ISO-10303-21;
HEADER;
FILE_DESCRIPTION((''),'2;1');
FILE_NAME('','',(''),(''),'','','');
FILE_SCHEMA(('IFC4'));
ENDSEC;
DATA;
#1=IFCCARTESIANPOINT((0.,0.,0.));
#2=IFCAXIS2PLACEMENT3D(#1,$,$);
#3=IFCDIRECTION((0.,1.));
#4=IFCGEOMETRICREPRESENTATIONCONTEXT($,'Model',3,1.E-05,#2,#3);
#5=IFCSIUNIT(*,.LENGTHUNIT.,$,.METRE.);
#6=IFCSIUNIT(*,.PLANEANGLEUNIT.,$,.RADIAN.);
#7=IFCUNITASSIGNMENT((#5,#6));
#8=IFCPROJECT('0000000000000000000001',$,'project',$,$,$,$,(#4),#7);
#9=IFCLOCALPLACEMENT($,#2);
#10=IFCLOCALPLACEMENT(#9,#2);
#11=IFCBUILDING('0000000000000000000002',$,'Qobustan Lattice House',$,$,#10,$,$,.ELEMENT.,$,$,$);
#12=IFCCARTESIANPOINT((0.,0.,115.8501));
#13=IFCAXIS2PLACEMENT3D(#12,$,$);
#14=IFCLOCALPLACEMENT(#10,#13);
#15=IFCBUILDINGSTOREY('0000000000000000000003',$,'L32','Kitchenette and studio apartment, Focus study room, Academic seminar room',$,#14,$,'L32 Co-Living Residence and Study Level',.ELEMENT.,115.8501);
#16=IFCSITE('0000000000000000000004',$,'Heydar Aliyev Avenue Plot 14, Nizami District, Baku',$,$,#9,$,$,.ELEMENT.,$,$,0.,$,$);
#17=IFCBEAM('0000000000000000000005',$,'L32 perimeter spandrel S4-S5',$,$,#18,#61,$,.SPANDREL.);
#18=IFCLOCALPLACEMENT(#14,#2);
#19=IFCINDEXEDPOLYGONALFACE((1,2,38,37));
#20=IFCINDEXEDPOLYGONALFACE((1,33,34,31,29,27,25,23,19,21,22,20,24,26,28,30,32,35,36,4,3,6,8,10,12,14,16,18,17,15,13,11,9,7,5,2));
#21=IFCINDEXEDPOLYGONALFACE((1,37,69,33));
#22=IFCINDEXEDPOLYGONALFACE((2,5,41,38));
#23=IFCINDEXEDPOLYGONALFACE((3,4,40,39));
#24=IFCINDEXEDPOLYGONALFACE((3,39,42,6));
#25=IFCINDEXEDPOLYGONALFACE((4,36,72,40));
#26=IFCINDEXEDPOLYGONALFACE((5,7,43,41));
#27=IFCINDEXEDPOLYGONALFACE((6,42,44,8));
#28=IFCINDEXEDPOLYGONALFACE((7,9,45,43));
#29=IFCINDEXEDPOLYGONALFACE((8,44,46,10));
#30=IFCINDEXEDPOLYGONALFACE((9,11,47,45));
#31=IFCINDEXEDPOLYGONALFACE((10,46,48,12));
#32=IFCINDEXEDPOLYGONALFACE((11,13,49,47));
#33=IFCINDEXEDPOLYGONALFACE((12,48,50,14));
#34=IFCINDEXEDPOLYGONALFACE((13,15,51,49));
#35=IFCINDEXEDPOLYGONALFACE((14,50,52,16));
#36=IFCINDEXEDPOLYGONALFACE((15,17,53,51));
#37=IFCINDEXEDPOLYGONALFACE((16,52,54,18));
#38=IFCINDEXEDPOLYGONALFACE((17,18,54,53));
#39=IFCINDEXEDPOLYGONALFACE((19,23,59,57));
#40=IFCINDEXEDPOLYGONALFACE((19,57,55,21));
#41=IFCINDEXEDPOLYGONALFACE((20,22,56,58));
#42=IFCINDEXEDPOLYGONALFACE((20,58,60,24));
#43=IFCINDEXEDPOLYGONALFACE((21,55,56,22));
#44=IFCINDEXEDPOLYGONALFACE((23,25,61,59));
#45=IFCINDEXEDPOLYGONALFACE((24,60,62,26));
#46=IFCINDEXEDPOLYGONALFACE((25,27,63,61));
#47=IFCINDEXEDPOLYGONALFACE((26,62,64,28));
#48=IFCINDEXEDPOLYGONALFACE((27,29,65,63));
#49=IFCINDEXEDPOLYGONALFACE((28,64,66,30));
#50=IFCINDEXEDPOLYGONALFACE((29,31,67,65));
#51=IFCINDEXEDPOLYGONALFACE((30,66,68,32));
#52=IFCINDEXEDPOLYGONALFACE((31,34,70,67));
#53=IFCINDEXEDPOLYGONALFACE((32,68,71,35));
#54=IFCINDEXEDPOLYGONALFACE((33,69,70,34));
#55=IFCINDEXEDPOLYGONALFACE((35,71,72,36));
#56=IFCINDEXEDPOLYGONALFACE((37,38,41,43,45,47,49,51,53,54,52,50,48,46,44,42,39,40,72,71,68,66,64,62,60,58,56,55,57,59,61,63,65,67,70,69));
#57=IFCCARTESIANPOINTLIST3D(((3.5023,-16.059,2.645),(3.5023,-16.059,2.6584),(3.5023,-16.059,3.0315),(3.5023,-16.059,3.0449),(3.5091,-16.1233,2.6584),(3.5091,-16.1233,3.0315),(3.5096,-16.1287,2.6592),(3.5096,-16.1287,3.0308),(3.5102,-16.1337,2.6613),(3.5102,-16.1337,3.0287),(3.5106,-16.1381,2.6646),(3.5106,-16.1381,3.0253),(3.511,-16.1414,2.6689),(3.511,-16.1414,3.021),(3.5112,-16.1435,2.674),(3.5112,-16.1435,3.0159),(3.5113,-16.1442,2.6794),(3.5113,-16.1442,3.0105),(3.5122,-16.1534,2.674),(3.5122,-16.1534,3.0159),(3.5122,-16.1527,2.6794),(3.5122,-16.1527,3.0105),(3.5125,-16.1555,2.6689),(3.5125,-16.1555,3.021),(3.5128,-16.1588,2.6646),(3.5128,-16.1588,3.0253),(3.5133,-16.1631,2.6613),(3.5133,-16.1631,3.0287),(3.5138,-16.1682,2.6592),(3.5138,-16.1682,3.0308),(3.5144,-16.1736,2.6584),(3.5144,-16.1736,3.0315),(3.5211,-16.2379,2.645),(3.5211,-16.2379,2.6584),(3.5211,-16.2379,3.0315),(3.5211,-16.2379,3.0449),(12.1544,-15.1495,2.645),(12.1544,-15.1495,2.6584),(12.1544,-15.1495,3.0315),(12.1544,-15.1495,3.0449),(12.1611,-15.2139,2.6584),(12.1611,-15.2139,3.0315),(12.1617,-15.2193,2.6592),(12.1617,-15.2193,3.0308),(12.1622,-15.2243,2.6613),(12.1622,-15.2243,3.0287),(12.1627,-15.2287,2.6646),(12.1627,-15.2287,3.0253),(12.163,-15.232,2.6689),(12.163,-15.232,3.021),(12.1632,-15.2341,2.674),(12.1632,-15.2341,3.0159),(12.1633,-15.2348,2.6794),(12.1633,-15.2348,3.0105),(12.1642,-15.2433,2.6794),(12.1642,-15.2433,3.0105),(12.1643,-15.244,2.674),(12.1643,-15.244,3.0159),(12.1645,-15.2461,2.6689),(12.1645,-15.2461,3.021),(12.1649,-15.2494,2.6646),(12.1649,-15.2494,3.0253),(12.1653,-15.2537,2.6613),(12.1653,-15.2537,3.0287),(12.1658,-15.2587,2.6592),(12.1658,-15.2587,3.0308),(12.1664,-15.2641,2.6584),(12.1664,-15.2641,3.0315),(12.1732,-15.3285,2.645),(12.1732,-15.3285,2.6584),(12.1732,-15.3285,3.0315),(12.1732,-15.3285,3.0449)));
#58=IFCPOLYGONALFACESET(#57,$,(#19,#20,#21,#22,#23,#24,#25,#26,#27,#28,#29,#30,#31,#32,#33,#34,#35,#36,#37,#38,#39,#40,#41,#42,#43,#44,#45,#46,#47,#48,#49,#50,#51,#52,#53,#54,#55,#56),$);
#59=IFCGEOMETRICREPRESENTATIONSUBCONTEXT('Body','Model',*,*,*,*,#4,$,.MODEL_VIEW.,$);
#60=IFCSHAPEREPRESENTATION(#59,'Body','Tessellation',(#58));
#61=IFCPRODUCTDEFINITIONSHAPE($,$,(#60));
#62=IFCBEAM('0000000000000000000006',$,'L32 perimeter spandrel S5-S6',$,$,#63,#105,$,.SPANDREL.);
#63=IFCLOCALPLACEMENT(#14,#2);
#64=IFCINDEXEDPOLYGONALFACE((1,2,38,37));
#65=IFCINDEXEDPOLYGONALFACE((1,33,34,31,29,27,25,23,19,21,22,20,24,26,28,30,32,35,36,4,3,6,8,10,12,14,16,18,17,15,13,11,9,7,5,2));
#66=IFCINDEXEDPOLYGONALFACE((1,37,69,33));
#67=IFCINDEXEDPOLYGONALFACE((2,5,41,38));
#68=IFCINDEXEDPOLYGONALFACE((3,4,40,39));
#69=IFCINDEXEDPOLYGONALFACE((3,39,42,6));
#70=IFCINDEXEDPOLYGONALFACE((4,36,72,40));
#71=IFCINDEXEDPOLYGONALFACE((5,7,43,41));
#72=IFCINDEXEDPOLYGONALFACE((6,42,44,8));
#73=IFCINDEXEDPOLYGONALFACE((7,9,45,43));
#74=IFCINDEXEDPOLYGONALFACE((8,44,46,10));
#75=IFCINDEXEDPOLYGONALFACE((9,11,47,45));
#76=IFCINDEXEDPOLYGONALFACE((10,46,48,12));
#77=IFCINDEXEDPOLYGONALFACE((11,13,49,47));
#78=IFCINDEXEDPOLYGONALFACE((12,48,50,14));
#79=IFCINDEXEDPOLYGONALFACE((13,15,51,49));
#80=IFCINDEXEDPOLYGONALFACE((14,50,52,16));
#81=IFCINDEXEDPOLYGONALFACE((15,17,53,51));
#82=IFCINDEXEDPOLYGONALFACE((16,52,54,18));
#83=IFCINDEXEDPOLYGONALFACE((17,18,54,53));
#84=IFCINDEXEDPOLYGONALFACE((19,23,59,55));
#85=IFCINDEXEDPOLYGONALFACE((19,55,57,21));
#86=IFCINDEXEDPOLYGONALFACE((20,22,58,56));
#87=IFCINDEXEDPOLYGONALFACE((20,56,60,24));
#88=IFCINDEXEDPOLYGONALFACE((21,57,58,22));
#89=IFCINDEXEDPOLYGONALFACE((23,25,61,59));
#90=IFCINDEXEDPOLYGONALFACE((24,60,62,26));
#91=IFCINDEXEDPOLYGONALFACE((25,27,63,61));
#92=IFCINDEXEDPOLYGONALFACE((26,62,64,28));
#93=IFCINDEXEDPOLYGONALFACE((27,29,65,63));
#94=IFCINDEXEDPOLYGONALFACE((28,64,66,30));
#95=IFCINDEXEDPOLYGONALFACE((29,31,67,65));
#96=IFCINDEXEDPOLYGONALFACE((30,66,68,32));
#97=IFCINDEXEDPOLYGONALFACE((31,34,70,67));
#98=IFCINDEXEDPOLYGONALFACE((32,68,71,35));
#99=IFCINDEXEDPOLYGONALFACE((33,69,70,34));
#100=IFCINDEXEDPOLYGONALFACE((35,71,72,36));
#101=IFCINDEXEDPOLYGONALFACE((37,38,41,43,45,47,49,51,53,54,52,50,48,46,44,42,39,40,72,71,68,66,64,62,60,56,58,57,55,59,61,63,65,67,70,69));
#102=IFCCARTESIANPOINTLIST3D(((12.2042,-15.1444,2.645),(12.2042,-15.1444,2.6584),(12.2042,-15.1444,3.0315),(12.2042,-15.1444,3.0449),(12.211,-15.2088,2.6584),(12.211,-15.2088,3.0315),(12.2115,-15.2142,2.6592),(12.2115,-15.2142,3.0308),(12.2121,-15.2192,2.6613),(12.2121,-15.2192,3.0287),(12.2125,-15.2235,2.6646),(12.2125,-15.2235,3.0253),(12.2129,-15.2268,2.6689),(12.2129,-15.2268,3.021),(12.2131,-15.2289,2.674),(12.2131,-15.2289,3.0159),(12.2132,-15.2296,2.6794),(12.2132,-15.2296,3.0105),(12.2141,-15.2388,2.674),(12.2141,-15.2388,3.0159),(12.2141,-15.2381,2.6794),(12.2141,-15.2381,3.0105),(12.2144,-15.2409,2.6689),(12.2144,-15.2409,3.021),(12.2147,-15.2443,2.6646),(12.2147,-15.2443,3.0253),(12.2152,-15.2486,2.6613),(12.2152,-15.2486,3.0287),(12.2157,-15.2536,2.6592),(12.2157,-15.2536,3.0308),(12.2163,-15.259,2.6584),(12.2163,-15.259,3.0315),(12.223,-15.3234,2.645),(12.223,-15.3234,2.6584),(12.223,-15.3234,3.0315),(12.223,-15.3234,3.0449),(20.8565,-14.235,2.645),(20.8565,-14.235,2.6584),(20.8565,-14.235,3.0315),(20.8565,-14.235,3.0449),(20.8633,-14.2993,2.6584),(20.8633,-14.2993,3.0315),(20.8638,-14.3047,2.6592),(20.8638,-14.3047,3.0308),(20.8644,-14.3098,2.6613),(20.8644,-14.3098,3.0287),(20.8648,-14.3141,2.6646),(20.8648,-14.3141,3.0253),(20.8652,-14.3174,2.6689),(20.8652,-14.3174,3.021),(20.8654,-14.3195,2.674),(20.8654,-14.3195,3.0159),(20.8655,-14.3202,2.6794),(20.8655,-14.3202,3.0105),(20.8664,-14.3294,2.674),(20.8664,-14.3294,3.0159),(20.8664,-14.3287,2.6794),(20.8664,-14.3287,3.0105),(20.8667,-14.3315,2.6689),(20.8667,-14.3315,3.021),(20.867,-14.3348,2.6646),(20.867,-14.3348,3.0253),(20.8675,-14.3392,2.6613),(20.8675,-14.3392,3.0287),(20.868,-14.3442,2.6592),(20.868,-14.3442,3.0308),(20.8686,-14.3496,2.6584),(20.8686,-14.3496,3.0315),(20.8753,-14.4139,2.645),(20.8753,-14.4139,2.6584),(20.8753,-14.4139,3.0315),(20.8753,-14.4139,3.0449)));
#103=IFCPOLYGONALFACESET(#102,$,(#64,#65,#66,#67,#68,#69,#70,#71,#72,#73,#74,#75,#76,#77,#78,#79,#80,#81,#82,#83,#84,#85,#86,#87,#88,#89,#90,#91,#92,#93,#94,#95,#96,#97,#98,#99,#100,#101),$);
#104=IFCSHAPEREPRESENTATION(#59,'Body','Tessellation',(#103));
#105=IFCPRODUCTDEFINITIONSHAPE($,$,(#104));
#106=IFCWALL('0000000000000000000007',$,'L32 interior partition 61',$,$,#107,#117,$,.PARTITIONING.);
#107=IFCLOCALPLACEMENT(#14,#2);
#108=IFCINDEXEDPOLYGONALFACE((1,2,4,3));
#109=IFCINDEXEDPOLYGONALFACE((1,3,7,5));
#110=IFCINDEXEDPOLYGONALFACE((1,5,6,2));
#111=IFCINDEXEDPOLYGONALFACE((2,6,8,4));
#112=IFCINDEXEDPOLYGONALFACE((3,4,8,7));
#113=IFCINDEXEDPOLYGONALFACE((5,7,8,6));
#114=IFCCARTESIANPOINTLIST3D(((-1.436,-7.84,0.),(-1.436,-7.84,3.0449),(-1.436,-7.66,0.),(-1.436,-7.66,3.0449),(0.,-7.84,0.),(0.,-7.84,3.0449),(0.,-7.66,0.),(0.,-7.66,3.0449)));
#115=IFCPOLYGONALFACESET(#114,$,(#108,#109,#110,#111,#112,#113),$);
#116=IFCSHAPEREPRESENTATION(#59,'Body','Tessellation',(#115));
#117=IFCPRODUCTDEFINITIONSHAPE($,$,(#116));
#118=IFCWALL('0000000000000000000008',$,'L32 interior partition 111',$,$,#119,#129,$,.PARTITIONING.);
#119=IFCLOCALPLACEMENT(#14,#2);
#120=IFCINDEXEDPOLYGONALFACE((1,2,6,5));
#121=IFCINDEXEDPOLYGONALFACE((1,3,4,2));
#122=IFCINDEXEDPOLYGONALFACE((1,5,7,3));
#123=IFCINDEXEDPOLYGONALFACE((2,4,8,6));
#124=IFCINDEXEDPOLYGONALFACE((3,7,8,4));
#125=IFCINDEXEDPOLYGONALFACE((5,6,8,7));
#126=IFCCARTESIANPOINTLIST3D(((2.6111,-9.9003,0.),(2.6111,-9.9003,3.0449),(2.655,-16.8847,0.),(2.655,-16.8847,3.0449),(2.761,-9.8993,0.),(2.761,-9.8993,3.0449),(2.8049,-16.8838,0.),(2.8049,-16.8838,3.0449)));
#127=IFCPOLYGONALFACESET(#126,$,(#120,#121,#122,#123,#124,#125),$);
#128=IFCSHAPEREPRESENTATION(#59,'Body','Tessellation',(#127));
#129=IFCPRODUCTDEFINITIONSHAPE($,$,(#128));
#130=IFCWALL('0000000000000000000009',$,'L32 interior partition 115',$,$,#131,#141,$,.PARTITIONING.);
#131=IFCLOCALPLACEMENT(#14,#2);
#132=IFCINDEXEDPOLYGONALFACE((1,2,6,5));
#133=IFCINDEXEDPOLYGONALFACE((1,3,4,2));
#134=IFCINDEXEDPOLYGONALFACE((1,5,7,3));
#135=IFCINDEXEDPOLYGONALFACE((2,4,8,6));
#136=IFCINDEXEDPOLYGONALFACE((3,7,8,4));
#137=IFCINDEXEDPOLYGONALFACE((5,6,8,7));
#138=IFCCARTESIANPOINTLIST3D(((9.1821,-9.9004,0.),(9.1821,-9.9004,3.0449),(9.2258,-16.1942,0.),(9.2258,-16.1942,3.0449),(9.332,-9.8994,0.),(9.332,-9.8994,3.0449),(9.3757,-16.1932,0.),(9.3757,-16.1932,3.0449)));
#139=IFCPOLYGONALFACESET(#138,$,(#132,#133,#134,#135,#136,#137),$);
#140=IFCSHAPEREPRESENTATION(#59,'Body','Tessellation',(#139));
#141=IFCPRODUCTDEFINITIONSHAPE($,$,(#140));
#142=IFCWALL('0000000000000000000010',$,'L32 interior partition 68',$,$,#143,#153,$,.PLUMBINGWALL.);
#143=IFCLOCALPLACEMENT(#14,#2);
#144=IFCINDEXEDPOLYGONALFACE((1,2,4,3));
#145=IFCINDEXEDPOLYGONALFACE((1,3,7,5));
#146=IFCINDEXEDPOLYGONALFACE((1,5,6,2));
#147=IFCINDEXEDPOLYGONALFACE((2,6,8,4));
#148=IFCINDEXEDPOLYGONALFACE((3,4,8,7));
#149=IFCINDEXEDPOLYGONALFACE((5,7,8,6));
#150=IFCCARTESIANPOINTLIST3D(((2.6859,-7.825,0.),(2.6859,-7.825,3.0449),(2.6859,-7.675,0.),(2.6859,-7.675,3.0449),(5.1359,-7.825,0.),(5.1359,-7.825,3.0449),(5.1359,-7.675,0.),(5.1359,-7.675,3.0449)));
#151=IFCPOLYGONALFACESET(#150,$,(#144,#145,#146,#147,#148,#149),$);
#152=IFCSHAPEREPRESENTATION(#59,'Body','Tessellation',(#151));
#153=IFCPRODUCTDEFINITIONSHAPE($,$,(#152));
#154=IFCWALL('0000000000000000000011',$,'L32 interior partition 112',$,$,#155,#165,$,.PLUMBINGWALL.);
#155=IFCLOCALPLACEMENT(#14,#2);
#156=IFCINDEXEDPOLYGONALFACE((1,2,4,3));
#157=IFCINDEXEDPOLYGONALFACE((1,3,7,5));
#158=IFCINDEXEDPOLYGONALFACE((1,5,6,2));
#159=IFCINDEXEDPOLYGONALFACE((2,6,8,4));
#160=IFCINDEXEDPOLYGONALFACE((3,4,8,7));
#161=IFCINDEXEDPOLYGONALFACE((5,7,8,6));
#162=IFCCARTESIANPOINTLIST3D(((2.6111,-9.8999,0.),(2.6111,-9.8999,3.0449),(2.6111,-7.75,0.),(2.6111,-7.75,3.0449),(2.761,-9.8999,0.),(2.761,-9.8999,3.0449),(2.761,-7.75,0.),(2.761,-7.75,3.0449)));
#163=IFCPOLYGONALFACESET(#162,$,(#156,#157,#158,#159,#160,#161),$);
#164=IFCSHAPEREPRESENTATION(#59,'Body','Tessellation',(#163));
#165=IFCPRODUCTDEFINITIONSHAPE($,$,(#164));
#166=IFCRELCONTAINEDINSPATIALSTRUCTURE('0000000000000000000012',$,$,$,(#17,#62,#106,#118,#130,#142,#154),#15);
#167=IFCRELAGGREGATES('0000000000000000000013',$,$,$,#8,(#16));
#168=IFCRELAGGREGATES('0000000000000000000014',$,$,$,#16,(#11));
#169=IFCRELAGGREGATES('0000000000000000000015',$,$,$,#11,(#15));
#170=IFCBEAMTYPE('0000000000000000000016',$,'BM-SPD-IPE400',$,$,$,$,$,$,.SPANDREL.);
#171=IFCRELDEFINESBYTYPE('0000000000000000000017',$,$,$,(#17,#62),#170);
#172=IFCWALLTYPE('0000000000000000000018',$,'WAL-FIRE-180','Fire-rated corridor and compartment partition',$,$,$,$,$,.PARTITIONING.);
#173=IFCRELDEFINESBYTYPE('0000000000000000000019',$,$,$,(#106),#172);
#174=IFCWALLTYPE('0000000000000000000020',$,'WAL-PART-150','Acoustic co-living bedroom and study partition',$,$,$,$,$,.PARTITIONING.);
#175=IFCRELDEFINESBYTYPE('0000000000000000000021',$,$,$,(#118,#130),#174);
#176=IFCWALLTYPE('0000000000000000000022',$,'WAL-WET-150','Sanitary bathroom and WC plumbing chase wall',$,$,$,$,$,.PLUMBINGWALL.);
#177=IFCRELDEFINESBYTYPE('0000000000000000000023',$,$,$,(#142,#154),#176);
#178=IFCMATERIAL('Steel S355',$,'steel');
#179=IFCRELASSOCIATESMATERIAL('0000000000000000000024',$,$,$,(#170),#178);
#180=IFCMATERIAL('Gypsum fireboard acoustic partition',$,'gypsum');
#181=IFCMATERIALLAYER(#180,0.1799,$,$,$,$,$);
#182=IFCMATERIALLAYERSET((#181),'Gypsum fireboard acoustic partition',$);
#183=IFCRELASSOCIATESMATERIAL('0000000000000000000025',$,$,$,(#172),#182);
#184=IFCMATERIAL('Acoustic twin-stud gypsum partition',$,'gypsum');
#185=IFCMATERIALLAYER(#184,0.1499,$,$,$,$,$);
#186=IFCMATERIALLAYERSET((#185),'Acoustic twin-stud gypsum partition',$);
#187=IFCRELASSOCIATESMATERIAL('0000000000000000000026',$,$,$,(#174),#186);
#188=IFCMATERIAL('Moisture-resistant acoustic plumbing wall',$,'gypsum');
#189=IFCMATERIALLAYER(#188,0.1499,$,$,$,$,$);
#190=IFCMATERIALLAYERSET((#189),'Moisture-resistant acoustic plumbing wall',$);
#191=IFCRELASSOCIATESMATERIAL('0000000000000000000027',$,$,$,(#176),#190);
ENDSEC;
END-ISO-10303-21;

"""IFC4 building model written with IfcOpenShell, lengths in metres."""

from ifc_helpers import new_model, si_unit, direction, frame, frame_2d, origin, origin_2d, place, context, subcontext, project, spatial, rectangle, i_section, extrude, material, layer, layer_set, material_profile, profile_set, type_object, element, save


model = new_model("IFC4")

# Units and contexts
model_context = context("Model", 3, precision=1e-05, world=origin(), true_north=direction((0.0, 1.0)))
body_context = subcontext(model_context, "Body", "Model", "MODEL_VIEW")
ifc_project = project(units=[si_unit("LENGTHUNIT", "METRE"), si_unit("PLANEANGLEUNIT", "RADIAN")], contexts=[model_context])

# Site, building, storey
site_placement = place(None, origin())
site = spatial("IfcSite", under=ifc_project, at=site_placement, Name="Heydar Aliyev Avenue Plot 14, Nizami District, Baku", CompositionType="ELEMENT", RefElevation=0.0)
building_placement = place(site_placement, origin())
building = spatial("IfcBuilding", under=site, at=building_placement, Name="Qobustan Lattice House", CompositionType="ELEMENT")
storey_placement = place(building_placement, frame((0.0, 0.0, 115.8501)))
storey = spatial("IfcBuildingStorey", under=building, at=storey_placement, Name="L32", Description="Kitchenette and studio apartment, Focus study room, Academic seminar room", LongName="L32 Co-Living Residence and Study Level", CompositionType="ELEMENT", Elevation=115.8501)

# Beams
ifc_material_1 = material(Name="Steel S355", Category="steel")
ifc_material_profile_1 = material_profile(ifc_material_1, i_section(OverallWidth=0.1799, OverallDepth=0.3999, WebThickness=0.0085, FlangeThickness=0.0134, FilletRadius=0.021, at=origin_2d()), Name="IPE400")
ifc_profile_set_1 = profile_set([ifc_material_profile_1], Name="Steel S355")
beam_type_1 = type_object("IfcBeamType", Name="BM-SPD-IPE400", PredefinedType="SPANDREL", material=ifc_profile_set_1)
beam_1_placement = place(storey_placement, frame((3.5117, -16.1484, 2.845), z_axis=(0.994521, 0.104534, 0.0), x_axis=(-0.104534, 0.994521, 0.0)))
element("IfcBeam", 1, at=beam_1_placement, inside=storey, type_object=beam_type_1, Name="L32 perimeter spandrel S4-S5", PredefinedType="SPANDREL", context=body_context, shape_type="SweptSolid", body=[
    extrude(i_section(OverallWidth=0.1799, OverallDepth=0.3999, WebThickness=0.0085, FlangeThickness=0.0134, FilletRadius=0.021, at=origin_2d()), origin(), (0.0, 0.0, 1.0), 8.6997),
])
beam_2_placement = place(storey_placement, frame((12.2136, -15.2339, 2.845), z_axis=(0.994522, 0.104531, 0.0), x_axis=(-0.104531, 0.994522, 0.0)))
element("IfcBeam", 2, at=beam_2_placement, inside=storey, type_object=beam_type_1, Name="L32 perimeter spandrel S5-S6", PredefinedType="SPANDREL", context=body_context, shape_type="SweptSolid", body=[
    extrude(i_section(OverallWidth=0.1799, OverallDepth=0.3999, WebThickness=0.0085, FlangeThickness=0.0134, FilletRadius=0.021, at=origin_2d()), origin(), (0.0, 0.0, 1.0), 8.7),
])

# Wall
ifc_material_2 = material(Name="Gypsum fireboard acoustic partition", Category="gypsum")
ifc_layer_1 = layer(ifc_material_2, 0.1799)
ifc_layer_set_1 = layer_set([ifc_layer_1], Name="Gypsum fireboard acoustic partition")
wall_type_1 = type_object("IfcWallType", Name="WAL-FIRE-180", Description="Fire-rated corridor and compartment partition", PredefinedType="PARTITIONING", material=ifc_layer_set_1)
wall_1_placement = place(storey_placement, frame((0.0, -7.75, 0.0), z_axis=(0.0, 0.0, 1.0), x_axis=(-1.0, 0.0, 0.0)))
element("IfcWall", 3, at=wall_1_placement, inside=storey, type_object=wall_type_1, Name="L32 interior partition 61", PredefinedType="PARTITIONING", context=body_context, shape_type="SweptSolid", body=[
    extrude(rectangle(XDim=1.436, YDim=0.1799, at=frame_2d((0.718, 0.0))), origin(), (0.0, 0.0, 1.0), 3.0449),
])

# Walls
ifc_material_3 = material(Name="Acoustic twin-stud gypsum partition", Category="gypsum")
ifc_layer_2 = layer(ifc_material_3, 0.1499)
ifc_layer_set_2 = layer_set([ifc_layer_2], Name="Acoustic twin-stud gypsum partition")
wall_type_2 = type_object("IfcWallType", Name="WAL-PART-150", Description="Acoustic co-living bedroom and study partition", PredefinedType="PARTITIONING", material=ifc_layer_set_2)
wall_2_placement = place(storey_placement, frame((2.686, -9.8999, 0.0), z_axis=(0.0, 0.0, 1.0), x_axis=(0.006292, -0.99998, 0.0)))
element("IfcWall", 4, at=wall_2_placement, inside=storey, type_object=wall_type_2, Name="L32 interior partition 111", PredefinedType="PARTITIONING", context=body_context, shape_type="SweptSolid", body=[
    extrude(rectangle(XDim=6.9846, YDim=0.1499, at=frame_2d((3.4922, 0.0))), origin(), (0.0, 0.0, 1.0), 3.0449),
])
wall_3_placement = place(storey_placement, frame((9.2571, -9.8999, 0.0), z_axis=(0.0, 0.0, 1.0), x_axis=(0.006943, -0.999976, 0.0)))
element("IfcWall", 5, at=wall_3_placement, inside=storey, type_object=wall_type_2, Name="L32 interior partition 115", PredefinedType="PARTITIONING", context=body_context, shape_type="SweptSolid", body=[
    extrude(rectangle(XDim=6.2939, YDim=0.1499, at=frame_2d((3.147, 0.0))), origin(), (0.0, 0.0, 1.0), 3.0449),
])
ifc_material_4 = material(Name="Moisture-resistant acoustic plumbing wall", Category="gypsum")
ifc_layer_3 = layer(ifc_material_4, 0.1499)
ifc_layer_set_3 = layer_set([ifc_layer_3], Name="Moisture-resistant acoustic plumbing wall")
wall_type_3 = type_object("IfcWallType", Name="WAL-WET-150", Description="Sanitary bathroom and WC plumbing chase wall", PredefinedType="PLUMBINGWALL", material=ifc_layer_set_3)
wall_4_placement = place(storey_placement, frame((5.136, -7.75, 0.0), z_axis=(0.0, 0.0, 1.0), x_axis=(-1.0, 0.0, 0.0)))
element("IfcWall", 6, at=wall_4_placement, inside=storey, type_object=wall_type_3, Name="L32 interior partition 68", PredefinedType="PLUMBINGWALL", context=body_context, shape_type="SweptSolid", body=[
    extrude(rectangle(XDim=2.45, YDim=0.1499, at=frame_2d((1.2251, 0.0))), origin(), (0.0, 0.0, 1.0), 3.0449),
])
wall_5_placement = place(storey_placement, frame((2.686, -7.75, 0.0), z_axis=(0.0, 0.0, 1.0), x_axis=(0.0, -1.0, 0.0)))
element("IfcWall", 7, at=wall_5_placement, inside=storey, type_object=wall_type_3, Name="L32 interior partition 112", PredefinedType="PLUMBINGWALL", context=body_context, shape_type="SweptSolid", body=[
    extrude(rectangle(XDim=2.1499, YDim=0.1499, at=frame_2d((1.075, 0.0))), origin(), (0.0, 0.0, 1.0), 3.0449),
])

save(model, "model.ifc")
